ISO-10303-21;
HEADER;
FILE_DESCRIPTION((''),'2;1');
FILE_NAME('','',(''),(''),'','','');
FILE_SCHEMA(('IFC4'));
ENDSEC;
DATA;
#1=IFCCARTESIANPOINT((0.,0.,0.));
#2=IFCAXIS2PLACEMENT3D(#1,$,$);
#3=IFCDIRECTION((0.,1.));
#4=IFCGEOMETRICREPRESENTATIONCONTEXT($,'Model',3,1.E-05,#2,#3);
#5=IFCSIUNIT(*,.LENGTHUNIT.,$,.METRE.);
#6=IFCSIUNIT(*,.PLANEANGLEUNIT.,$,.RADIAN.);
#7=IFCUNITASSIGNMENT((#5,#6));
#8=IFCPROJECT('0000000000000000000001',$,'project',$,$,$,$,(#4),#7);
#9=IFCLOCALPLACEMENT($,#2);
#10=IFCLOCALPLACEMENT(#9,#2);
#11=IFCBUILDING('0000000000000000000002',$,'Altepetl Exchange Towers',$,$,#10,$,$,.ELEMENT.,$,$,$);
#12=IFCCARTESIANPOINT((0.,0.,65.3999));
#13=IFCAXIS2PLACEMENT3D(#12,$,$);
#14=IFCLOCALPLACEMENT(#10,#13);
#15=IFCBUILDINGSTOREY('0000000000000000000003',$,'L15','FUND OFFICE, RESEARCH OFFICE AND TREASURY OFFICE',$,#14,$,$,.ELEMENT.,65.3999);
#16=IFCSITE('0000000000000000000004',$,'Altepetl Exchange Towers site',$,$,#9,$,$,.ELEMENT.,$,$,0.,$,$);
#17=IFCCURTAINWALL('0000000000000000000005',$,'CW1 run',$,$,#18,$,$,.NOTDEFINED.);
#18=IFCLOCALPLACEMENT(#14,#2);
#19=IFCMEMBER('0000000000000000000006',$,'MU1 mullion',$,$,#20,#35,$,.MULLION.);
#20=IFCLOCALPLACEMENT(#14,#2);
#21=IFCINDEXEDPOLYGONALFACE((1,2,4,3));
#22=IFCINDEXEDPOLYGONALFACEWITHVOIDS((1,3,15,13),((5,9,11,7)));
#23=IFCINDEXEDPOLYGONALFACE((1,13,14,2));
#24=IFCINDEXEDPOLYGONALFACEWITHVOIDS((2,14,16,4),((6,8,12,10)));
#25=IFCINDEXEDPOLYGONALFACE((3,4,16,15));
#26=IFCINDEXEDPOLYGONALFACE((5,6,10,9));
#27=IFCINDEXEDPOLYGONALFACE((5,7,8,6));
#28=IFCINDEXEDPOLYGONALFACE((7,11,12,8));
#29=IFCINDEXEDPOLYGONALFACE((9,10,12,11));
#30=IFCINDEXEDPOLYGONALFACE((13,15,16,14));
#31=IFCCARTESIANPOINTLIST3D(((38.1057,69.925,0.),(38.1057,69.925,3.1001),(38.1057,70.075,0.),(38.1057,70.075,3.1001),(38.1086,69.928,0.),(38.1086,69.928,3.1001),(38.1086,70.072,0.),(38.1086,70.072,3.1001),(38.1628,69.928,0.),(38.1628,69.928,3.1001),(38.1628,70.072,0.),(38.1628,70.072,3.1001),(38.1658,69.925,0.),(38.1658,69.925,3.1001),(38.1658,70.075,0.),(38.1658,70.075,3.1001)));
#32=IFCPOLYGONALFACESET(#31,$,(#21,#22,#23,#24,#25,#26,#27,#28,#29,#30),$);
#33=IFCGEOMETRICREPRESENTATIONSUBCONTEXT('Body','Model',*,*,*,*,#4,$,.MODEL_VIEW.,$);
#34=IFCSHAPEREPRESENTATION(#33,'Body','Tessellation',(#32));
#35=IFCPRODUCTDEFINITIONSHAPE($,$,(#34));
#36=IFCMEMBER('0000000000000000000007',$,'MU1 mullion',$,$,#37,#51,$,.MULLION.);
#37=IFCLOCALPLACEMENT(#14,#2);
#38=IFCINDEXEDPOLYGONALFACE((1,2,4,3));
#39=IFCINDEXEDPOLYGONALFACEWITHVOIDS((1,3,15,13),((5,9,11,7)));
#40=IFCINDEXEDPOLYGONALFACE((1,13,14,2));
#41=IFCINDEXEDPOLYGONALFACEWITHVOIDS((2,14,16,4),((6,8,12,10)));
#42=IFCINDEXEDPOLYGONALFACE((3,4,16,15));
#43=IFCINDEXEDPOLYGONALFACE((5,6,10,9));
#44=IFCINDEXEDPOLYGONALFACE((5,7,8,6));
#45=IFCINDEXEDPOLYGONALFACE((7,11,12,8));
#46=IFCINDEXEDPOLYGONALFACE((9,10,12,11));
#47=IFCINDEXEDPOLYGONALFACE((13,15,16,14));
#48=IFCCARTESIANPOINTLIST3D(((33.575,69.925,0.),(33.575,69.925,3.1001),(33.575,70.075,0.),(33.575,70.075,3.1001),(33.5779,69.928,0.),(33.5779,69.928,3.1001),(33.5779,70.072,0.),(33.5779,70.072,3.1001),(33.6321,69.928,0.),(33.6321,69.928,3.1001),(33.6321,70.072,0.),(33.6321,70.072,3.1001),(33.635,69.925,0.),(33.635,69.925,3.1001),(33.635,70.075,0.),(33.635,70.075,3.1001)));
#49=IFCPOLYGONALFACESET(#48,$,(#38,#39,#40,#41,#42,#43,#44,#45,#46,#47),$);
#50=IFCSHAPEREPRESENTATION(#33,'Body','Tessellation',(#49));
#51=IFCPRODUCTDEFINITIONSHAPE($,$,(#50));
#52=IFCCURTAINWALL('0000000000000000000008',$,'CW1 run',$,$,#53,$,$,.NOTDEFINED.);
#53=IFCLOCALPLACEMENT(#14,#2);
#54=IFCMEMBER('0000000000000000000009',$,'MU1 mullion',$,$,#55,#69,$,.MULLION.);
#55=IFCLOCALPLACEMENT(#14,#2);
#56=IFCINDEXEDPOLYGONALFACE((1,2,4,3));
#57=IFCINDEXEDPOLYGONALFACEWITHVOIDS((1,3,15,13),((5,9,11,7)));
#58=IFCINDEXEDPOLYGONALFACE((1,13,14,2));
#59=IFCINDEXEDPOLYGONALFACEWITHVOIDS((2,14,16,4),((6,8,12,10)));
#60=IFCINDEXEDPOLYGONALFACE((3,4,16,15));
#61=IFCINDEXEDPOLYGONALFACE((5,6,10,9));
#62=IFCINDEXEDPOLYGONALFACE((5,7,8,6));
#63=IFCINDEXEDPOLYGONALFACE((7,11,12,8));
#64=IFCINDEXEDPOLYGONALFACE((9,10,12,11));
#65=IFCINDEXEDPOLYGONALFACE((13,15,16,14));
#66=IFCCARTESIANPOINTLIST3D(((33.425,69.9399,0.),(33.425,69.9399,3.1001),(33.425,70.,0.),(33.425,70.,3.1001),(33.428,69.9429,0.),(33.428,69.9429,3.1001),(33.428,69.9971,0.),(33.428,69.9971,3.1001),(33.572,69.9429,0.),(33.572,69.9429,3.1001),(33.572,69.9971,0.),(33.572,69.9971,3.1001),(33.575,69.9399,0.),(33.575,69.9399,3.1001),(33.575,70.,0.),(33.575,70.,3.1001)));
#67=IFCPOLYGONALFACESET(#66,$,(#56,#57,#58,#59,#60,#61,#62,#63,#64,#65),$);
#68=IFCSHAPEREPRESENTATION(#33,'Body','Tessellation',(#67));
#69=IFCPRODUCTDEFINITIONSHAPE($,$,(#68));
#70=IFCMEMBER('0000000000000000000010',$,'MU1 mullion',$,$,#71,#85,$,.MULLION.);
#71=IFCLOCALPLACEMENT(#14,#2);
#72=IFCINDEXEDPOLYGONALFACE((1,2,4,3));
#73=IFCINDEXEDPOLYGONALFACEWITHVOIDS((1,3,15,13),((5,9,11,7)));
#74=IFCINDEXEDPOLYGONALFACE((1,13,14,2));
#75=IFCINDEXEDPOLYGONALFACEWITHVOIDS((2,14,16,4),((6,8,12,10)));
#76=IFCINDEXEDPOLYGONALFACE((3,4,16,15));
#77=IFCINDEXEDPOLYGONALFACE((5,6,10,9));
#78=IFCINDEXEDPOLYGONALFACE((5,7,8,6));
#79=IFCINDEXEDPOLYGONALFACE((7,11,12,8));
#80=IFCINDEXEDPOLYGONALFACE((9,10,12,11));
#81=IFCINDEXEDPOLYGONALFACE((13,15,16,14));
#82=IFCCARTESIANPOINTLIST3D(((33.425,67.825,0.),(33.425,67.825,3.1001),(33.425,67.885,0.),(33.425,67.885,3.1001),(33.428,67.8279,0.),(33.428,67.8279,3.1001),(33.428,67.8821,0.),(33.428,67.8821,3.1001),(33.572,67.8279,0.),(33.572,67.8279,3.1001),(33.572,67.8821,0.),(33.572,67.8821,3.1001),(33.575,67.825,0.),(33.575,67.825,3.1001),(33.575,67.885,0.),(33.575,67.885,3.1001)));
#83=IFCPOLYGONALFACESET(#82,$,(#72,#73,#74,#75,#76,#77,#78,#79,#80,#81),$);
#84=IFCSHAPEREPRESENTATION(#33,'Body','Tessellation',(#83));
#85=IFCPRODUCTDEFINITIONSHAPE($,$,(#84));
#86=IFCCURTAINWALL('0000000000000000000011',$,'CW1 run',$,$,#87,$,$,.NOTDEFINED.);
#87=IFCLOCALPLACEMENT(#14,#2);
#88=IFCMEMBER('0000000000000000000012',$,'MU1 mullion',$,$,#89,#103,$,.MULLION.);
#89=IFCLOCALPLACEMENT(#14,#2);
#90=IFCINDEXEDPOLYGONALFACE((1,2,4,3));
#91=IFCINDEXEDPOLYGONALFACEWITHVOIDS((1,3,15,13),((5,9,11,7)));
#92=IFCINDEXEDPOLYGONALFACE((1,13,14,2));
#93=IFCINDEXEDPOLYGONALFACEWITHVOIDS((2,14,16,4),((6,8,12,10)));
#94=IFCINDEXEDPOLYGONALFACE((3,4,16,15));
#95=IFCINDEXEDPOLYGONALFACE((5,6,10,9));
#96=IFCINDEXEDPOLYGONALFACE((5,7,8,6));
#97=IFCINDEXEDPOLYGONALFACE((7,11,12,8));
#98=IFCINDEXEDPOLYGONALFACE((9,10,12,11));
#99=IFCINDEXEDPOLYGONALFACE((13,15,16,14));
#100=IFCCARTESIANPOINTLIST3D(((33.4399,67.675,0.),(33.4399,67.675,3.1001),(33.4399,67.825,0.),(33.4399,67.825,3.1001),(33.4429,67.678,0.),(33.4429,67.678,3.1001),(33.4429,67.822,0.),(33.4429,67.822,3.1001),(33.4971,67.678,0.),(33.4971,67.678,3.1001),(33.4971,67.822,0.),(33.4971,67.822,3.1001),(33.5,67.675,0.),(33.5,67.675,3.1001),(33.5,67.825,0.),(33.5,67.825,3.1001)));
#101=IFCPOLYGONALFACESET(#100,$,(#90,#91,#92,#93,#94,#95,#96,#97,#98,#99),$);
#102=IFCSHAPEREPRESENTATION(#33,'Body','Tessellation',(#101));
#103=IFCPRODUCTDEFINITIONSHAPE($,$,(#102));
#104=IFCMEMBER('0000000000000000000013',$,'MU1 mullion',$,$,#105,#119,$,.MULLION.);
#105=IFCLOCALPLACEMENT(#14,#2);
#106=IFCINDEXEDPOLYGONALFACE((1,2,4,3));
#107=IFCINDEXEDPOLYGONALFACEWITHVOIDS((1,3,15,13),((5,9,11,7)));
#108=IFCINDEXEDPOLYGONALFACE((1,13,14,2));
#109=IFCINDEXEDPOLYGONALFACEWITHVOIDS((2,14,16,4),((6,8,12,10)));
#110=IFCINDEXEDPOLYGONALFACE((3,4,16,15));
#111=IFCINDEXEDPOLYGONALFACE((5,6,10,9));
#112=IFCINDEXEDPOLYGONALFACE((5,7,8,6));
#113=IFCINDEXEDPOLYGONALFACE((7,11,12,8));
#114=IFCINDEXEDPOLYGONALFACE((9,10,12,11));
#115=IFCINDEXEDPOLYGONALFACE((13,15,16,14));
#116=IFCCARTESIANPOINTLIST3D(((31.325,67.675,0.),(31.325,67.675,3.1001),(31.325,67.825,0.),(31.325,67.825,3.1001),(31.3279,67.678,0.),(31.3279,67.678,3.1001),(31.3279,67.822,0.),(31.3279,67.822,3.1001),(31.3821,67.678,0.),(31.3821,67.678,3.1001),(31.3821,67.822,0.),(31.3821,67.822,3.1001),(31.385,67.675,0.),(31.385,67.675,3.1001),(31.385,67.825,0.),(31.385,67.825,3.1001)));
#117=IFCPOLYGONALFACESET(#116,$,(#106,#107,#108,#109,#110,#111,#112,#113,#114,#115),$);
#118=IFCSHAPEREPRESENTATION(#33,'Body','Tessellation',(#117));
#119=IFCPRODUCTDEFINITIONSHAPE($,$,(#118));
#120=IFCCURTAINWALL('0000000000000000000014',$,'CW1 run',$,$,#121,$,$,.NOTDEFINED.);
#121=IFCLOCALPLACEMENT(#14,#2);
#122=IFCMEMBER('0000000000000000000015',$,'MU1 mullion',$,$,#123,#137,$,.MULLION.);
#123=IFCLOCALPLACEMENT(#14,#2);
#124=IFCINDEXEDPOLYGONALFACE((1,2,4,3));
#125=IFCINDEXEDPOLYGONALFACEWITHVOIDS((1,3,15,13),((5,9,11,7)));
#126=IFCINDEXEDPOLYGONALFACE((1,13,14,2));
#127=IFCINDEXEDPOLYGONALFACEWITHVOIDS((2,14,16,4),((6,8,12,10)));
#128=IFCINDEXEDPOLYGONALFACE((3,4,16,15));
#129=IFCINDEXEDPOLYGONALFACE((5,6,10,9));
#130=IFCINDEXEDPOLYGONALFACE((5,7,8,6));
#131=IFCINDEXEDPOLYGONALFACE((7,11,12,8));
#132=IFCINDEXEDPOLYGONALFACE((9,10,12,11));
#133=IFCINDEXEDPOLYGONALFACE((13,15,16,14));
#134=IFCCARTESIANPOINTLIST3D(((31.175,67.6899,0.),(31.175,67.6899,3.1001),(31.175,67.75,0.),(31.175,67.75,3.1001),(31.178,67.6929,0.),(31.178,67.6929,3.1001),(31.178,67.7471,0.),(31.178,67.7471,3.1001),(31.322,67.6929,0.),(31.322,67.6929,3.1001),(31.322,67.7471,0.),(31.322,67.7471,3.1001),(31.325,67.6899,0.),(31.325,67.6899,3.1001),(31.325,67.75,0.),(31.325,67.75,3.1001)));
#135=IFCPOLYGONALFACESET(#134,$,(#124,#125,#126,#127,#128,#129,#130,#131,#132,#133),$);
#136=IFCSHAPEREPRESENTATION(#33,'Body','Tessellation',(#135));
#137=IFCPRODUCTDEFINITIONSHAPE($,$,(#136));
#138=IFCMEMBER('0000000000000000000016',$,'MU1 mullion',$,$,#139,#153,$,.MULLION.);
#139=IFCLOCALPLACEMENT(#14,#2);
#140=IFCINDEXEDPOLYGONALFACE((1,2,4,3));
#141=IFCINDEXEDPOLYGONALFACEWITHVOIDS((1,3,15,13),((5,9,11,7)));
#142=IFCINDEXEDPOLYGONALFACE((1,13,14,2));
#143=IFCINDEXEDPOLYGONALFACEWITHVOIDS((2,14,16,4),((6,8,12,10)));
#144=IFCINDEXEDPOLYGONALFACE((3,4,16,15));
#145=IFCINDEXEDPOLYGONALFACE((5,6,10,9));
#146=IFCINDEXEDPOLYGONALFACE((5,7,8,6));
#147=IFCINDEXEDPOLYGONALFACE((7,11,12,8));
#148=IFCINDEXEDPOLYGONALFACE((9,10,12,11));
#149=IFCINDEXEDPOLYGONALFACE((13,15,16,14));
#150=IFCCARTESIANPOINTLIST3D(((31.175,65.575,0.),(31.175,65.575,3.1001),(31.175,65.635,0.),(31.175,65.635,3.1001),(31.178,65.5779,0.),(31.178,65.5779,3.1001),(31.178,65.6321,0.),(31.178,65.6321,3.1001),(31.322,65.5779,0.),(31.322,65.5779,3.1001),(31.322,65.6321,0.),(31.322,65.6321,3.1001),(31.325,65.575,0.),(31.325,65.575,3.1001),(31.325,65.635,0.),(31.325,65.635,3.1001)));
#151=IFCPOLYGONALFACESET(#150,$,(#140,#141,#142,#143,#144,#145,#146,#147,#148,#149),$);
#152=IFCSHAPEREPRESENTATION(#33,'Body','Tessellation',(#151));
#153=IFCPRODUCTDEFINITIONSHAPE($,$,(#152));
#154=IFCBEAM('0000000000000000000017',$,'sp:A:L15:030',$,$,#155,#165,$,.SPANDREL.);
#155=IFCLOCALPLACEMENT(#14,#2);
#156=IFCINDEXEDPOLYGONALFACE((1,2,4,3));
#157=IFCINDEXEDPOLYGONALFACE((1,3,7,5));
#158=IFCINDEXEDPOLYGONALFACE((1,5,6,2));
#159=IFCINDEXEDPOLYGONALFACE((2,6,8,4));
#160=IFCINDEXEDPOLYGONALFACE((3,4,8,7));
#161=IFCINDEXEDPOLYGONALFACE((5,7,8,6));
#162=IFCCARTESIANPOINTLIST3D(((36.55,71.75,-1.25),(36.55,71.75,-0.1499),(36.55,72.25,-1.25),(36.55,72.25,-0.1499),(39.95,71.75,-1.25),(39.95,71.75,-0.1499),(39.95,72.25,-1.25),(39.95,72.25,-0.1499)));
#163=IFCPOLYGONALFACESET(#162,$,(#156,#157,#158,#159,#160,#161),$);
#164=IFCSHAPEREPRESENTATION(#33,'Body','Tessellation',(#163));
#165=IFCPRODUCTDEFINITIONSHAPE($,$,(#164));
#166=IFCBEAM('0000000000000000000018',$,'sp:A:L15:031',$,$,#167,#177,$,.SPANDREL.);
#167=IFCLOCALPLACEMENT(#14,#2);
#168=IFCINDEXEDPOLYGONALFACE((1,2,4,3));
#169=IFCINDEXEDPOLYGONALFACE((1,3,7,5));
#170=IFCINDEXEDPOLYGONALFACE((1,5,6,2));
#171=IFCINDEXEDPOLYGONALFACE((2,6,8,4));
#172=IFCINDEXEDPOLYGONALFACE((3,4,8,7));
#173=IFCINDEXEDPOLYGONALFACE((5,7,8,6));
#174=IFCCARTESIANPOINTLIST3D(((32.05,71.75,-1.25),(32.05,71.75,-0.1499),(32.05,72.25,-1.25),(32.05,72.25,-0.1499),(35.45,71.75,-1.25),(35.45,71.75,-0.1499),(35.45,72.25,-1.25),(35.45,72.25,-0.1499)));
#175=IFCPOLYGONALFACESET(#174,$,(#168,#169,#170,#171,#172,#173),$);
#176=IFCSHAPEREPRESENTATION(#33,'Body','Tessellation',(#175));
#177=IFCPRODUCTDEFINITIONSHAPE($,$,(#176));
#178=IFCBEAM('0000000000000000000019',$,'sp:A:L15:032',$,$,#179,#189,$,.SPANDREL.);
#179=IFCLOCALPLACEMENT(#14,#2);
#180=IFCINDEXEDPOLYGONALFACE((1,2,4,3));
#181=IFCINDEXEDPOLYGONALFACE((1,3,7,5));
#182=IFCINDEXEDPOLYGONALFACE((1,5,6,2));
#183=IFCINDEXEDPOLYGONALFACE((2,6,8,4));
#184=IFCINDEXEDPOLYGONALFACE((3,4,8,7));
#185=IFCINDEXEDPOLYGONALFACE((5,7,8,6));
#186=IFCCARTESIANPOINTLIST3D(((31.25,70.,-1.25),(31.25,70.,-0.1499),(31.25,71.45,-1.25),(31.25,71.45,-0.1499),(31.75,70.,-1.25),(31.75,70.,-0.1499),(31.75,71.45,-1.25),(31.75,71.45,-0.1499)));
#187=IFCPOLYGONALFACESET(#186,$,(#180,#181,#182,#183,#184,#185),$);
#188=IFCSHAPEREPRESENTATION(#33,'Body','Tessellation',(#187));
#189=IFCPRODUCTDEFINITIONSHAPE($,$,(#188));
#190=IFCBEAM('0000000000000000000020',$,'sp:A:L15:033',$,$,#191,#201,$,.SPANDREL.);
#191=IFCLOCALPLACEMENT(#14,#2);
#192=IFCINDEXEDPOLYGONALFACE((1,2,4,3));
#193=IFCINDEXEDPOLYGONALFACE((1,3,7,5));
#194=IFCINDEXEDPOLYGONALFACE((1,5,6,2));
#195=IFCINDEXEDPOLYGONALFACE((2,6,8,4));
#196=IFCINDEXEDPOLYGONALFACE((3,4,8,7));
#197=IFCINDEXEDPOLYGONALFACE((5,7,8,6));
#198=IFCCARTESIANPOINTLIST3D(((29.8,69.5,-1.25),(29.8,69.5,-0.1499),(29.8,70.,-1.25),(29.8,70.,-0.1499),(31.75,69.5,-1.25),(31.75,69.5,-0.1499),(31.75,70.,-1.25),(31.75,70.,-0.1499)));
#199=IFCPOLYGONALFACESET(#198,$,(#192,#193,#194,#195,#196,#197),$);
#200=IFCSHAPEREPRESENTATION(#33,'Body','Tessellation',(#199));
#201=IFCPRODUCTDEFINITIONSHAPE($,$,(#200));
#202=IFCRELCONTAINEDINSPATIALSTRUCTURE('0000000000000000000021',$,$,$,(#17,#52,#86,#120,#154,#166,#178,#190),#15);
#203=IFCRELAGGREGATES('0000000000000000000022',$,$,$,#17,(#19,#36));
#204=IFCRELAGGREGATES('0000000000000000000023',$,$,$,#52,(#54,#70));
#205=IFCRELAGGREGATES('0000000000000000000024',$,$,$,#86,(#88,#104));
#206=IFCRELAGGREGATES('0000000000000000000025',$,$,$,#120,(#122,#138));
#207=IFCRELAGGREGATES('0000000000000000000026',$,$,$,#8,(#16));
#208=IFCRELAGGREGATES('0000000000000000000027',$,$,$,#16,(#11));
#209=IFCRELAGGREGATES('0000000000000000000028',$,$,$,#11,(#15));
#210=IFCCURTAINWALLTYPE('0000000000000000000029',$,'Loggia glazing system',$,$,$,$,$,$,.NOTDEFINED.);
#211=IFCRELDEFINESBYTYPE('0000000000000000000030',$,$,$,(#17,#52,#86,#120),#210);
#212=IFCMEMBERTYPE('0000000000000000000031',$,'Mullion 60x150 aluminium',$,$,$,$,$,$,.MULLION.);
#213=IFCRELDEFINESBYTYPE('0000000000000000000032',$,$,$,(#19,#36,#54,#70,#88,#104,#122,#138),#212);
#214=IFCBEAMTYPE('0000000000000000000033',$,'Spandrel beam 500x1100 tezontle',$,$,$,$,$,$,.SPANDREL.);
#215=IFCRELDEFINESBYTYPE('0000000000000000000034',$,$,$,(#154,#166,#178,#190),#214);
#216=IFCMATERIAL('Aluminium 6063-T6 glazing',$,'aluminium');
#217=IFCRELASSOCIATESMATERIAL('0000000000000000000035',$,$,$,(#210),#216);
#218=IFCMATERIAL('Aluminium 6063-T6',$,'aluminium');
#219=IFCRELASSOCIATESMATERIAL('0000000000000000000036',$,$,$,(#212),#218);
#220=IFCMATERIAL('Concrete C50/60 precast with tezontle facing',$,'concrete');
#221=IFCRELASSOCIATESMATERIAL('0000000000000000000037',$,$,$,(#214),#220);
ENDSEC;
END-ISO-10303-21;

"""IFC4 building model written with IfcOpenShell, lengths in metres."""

from ifc_helpers import new_model, si_unit, direction, frame, origin, origin_2d, place, context, subcontext, project, spatial, rectangle, hollow_rectangle, extrude, material, material_profile, profile_set, type_object, element, aggregate, save


model = new_model("IFC4")

# Units and contexts
model_context = context("Model", 3, precision=1e-05, world=origin(), true_north=direction((0.0, 1.0)))
body_context = subcontext(model_context, "Body", "Model", "MODEL_VIEW")
ifc_project = project(units=[si_unit("LENGTHUNIT", "METRE"), si_unit("PLANEANGLEUNIT", "RADIAN")], contexts=[model_context])

# Site, building, storey
site_placement = place(None, origin())
site = spatial("IfcSite", under=ifc_project, at=site_placement, Name="Altepetl Exchange Towers site", CompositionType="ELEMENT", RefElevation=0.0)
building_placement = place(site_placement, origin())
building = spatial("IfcBuilding", under=site, at=building_placement, Name="Altepetl Exchange Towers", CompositionType="ELEMENT")
storey_placement = place(building_placement, frame((0.0, 0.0, 65.3999)))
storey = spatial("IfcBuildingStorey", under=building, at=storey_placement, Name="L15", Description="FUND OFFICE, RESEARCH OFFICE AND TREASURY OFFICE", CompositionType="ELEMENT", Elevation=65.3999)

# Curtain walls, members
ifc_material_1 = material(Name="Aluminium 6063-T6 glazing", Category="aluminium")
curtain_wall_type = type_object("IfcCurtainWallType", Name="Loggia glazing system", PredefinedType="NOTDEFINED", material=ifc_material_1)
ifc_material_2 = material(Name="Aluminium 6063-T6", Category="aluminium")
ifc_material_profile_1 = material_profile(ifc_material_2, hollow_rectangle(XDim=0.0601, YDim=0.1499, WallThickness=0.0029, at=origin_2d()), Name="Mullion 60x150 aluminium")
ifc_profile_set_1 = profile_set([ifc_material_profile_1], Name="Aluminium 6063-T6")
member_type = type_object("IfcMemberType", Name="Mullion 60x150 aluminium", PredefinedType="MULLION", material=ifc_profile_set_1)
curtain_wall_1_placement = place(storey_placement, origin())
curtain_wall_1 = element("IfcCurtainWall", 1, at=curtain_wall_1_placement, inside=storey, type_object=curtain_wall_type, Name="CW1 run", PredefinedType="NOTDEFINED")
member_1_placement = place(storey_placement, frame((38.1357, 70.0, 0.0), z_axis=(0.0, 0.0, 1.0), x_axis=(-1.0, 0.0, 0.0)))
member_1 = element("IfcMember", 2, at=member_1_placement, type_object=member_type, Name="MU1 mullion", PredefinedType="MULLION", context=body_context, shape_type="SweptSolid", body=[
    extrude(hollow_rectangle(XDim=0.0601, YDim=0.1499, WallThickness=0.0029, at=origin_2d()), origin(), (0.0, 0.0, 1.0), 3.1001),
])
member_2_placement = place(storey_placement, frame((33.605, 70.0, 0.0), z_axis=(0.0, 0.0, 1.0), x_axis=(-1.0, 0.0, 0.0)))
member_2 = element("IfcMember", 3, at=member_2_placement, type_object=member_type, Name="MU1 mullion", PredefinedType="MULLION", context=body_context, shape_type="SweptSolid", body=[
    extrude(hollow_rectangle(XDim=0.0601, YDim=0.1499, WallThickness=0.0029, at=origin_2d()), origin(), (0.0, 0.0, 1.0), 3.1001),
])
curtain_wall_2_placement = place(storey_placement, origin())
curtain_wall_2 = element("IfcCurtainWall", 4, at=curtain_wall_2_placement, inside=storey, type_object=curtain_wall_type, Name="CW1 run", PredefinedType="NOTDEFINED")
member_3_placement = place(storey_placement, frame((33.5, 69.97, 0.0), z_axis=(0.0, 0.0, 1.0), x_axis=(0.0, -1.0, 0.0)))
member_3 = element("IfcMember", 5, at=member_3_placement, type_object=member_type, Name="MU1 mullion", PredefinedType="MULLION", context=body_context, shape_type="SweptSolid", body=[
    extrude(hollow_rectangle(XDim=0.0601, YDim=0.1499, WallThickness=0.0029, at=origin_2d()), origin(), (0.0, 0.0, 1.0), 3.1001),
])
member_4_placement = place(storey_placement, frame((33.5, 67.855, 0.0), z_axis=(0.0, 0.0, 1.0), x_axis=(0.0, -1.0, 0.0)))
member_4 = element("IfcMember", 6, at=member_4_placement, type_object=member_type, Name="MU1 mullion", PredefinedType="MULLION", context=body_context, shape_type="SweptSolid", body=[
    extrude(hollow_rectangle(XDim=0.0601, YDim=0.1499, WallThickness=0.0029, at=origin_2d()), origin(), (0.0, 0.0, 1.0), 3.1001),
])
curtain_wall_3_placement = place(storey_placement, origin())
curtain_wall_3 = element("IfcCurtainWall", 7, at=curtain_wall_3_placement, inside=storey, type_object=curtain_wall_type, Name="CW1 run", PredefinedType="NOTDEFINED")
member_5_placement = place(storey_placement, frame((33.47, 67.75, 0.0), z_axis=(0.0, 0.0, 1.0), x_axis=(-1.0, 0.0, 0.0)))
member_5 = element("IfcMember", 8, at=member_5_placement, type_object=member_type, Name="MU1 mullion", PredefinedType="MULLION", context=body_context, shape_type="SweptSolid", body=[
    extrude(hollow_rectangle(XDim=0.0601, YDim=0.1499, WallThickness=0.0029, at=origin_2d()), origin(), (0.0, 0.0, 1.0), 3.1001),
])
member_6_placement = place(storey_placement, frame((31.355, 67.75, 0.0), z_axis=(0.0, 0.0, 1.0), x_axis=(-1.0, 0.0, 0.0)))
member_6 = element("IfcMember", 9, at=member_6_placement, type_object=member_type, Name="MU1 mullion", PredefinedType="MULLION", context=body_context, shape_type="SweptSolid", body=[
    extrude(hollow_rectangle(XDim=0.0601, YDim=0.1499, WallThickness=0.0029, at=origin_2d()), origin(), (0.0, 0.0, 1.0), 3.1001),
])
curtain_wall_4_placement = place(storey_placement, origin())
curtain_wall_4 = element("IfcCurtainWall", 10, at=curtain_wall_4_placement, inside=storey, type_object=curtain_wall_type, Name="CW1 run", PredefinedType="NOTDEFINED")
member_7_placement = place(storey_placement, frame((31.25, 67.72, 0.0), z_axis=(0.0, 0.0, 1.0), x_axis=(0.0, -1.0, 0.0)))
member_7 = element("IfcMember", 11, at=member_7_placement, type_object=member_type, Name="MU1 mullion", PredefinedType="MULLION", context=body_context, shape_type="SweptSolid", body=[
    extrude(hollow_rectangle(XDim=0.0601, YDim=0.1499, WallThickness=0.0029, at=origin_2d()), origin(), (0.0, 0.0, 1.0), 3.1001),
])
member_8_placement = place(storey_placement, frame((31.25, 65.605, 0.0), z_axis=(0.0, 0.0, 1.0), x_axis=(0.0, -1.0, 0.0)))
member_8 = element("IfcMember", 12, at=member_8_placement, type_object=member_type, Name="MU1 mullion", PredefinedType="MULLION", context=body_context, shape_type="SweptSolid", body=[
    extrude(hollow_rectangle(XDim=0.0601, YDim=0.1499, WallThickness=0.0029, at=origin_2d()), origin(), (0.0, 0.0, 1.0), 3.1001),
])

# Beams
ifc_material_3 = material(Name="Concrete C50/60 precast with tezontle facing", Category="concrete")
ifc_material_profile_2 = material_profile(ifc_material_3, rectangle(XDim=0.5, YDim=1.1001, at=origin_2d()), Name="500 x 1100")
ifc_profile_set_2 = profile_set([ifc_material_profile_2], Name="Concrete C50/60 precast with tezontle facing")
beam_type_1 = type_object("IfcBeamType", Name="Spandrel beam 500x1100 tezontle", PredefinedType="SPANDREL", material=ifc_profile_set_2)
for number, where, z_axis, x_axis, name in (
    (13, (39.95, 72.0, -0.7), (-1.0, 0.0, 0.0), (0.0, -1.0, 0.0), "sp:A:L15:030"),
    (14, (35.45, 72.0, -0.7), (-1.0, 0.0, 0.0), (0.0, -1.0, 0.0), "sp:A:L15:031"),
):
    element("IfcBeam", number, at=place(storey_placement, frame(where, z_axis=z_axis, x_axis=x_axis)), inside=storey, type_object=beam_type_1, Name=name, PredefinedType="SPANDREL", context=body_context, shape_type="SweptSolid", body=[
        extrude(rectangle(XDim=0.5, YDim=1.1001, at=origin_2d()), origin(), (0.0, 0.0, 1.0), 3.3999),
    ])
beam_1_placement = place(storey_placement, frame((31.5, 71.45, -0.7), z_axis=(0.0, -1.0, 0.0), x_axis=(1.0, 0.0, 0.0)))
element("IfcBeam", 15, at=beam_1_placement, inside=storey, type_object=beam_type_1, Name="sp:A:L15:032", PredefinedType="SPANDREL", context=body_context, shape_type="SweptSolid", body=[
    extrude(rectangle(XDim=0.5, YDim=1.1001, at=origin_2d()), origin(), (0.0, 0.0, 1.0), 1.45),
])
beam_2_placement = place(storey_placement, frame((31.75, 69.75, -0.7), z_axis=(-1.0, 0.0, 0.0), x_axis=(0.0, -1.0, 0.0)))
element("IfcBeam", 16, at=beam_2_placement, inside=storey, type_object=beam_type_1, Name="sp:A:L15:033", PredefinedType="SPANDREL", context=body_context, shape_type="SweptSolid", body=[
    extrude(rectangle(XDim=0.5, YDim=1.1001, at=origin_2d()), origin(), (0.0, 0.0, 1.0), 1.95),
])

aggregate(curtain_wall_1, [member_1, member_2])
aggregate(curtain_wall_2, [member_3, member_4])
aggregate(curtain_wall_3, [member_5, member_6])
aggregate(curtain_wall_4, [member_7, member_8])

save(model, "model.ifc")
